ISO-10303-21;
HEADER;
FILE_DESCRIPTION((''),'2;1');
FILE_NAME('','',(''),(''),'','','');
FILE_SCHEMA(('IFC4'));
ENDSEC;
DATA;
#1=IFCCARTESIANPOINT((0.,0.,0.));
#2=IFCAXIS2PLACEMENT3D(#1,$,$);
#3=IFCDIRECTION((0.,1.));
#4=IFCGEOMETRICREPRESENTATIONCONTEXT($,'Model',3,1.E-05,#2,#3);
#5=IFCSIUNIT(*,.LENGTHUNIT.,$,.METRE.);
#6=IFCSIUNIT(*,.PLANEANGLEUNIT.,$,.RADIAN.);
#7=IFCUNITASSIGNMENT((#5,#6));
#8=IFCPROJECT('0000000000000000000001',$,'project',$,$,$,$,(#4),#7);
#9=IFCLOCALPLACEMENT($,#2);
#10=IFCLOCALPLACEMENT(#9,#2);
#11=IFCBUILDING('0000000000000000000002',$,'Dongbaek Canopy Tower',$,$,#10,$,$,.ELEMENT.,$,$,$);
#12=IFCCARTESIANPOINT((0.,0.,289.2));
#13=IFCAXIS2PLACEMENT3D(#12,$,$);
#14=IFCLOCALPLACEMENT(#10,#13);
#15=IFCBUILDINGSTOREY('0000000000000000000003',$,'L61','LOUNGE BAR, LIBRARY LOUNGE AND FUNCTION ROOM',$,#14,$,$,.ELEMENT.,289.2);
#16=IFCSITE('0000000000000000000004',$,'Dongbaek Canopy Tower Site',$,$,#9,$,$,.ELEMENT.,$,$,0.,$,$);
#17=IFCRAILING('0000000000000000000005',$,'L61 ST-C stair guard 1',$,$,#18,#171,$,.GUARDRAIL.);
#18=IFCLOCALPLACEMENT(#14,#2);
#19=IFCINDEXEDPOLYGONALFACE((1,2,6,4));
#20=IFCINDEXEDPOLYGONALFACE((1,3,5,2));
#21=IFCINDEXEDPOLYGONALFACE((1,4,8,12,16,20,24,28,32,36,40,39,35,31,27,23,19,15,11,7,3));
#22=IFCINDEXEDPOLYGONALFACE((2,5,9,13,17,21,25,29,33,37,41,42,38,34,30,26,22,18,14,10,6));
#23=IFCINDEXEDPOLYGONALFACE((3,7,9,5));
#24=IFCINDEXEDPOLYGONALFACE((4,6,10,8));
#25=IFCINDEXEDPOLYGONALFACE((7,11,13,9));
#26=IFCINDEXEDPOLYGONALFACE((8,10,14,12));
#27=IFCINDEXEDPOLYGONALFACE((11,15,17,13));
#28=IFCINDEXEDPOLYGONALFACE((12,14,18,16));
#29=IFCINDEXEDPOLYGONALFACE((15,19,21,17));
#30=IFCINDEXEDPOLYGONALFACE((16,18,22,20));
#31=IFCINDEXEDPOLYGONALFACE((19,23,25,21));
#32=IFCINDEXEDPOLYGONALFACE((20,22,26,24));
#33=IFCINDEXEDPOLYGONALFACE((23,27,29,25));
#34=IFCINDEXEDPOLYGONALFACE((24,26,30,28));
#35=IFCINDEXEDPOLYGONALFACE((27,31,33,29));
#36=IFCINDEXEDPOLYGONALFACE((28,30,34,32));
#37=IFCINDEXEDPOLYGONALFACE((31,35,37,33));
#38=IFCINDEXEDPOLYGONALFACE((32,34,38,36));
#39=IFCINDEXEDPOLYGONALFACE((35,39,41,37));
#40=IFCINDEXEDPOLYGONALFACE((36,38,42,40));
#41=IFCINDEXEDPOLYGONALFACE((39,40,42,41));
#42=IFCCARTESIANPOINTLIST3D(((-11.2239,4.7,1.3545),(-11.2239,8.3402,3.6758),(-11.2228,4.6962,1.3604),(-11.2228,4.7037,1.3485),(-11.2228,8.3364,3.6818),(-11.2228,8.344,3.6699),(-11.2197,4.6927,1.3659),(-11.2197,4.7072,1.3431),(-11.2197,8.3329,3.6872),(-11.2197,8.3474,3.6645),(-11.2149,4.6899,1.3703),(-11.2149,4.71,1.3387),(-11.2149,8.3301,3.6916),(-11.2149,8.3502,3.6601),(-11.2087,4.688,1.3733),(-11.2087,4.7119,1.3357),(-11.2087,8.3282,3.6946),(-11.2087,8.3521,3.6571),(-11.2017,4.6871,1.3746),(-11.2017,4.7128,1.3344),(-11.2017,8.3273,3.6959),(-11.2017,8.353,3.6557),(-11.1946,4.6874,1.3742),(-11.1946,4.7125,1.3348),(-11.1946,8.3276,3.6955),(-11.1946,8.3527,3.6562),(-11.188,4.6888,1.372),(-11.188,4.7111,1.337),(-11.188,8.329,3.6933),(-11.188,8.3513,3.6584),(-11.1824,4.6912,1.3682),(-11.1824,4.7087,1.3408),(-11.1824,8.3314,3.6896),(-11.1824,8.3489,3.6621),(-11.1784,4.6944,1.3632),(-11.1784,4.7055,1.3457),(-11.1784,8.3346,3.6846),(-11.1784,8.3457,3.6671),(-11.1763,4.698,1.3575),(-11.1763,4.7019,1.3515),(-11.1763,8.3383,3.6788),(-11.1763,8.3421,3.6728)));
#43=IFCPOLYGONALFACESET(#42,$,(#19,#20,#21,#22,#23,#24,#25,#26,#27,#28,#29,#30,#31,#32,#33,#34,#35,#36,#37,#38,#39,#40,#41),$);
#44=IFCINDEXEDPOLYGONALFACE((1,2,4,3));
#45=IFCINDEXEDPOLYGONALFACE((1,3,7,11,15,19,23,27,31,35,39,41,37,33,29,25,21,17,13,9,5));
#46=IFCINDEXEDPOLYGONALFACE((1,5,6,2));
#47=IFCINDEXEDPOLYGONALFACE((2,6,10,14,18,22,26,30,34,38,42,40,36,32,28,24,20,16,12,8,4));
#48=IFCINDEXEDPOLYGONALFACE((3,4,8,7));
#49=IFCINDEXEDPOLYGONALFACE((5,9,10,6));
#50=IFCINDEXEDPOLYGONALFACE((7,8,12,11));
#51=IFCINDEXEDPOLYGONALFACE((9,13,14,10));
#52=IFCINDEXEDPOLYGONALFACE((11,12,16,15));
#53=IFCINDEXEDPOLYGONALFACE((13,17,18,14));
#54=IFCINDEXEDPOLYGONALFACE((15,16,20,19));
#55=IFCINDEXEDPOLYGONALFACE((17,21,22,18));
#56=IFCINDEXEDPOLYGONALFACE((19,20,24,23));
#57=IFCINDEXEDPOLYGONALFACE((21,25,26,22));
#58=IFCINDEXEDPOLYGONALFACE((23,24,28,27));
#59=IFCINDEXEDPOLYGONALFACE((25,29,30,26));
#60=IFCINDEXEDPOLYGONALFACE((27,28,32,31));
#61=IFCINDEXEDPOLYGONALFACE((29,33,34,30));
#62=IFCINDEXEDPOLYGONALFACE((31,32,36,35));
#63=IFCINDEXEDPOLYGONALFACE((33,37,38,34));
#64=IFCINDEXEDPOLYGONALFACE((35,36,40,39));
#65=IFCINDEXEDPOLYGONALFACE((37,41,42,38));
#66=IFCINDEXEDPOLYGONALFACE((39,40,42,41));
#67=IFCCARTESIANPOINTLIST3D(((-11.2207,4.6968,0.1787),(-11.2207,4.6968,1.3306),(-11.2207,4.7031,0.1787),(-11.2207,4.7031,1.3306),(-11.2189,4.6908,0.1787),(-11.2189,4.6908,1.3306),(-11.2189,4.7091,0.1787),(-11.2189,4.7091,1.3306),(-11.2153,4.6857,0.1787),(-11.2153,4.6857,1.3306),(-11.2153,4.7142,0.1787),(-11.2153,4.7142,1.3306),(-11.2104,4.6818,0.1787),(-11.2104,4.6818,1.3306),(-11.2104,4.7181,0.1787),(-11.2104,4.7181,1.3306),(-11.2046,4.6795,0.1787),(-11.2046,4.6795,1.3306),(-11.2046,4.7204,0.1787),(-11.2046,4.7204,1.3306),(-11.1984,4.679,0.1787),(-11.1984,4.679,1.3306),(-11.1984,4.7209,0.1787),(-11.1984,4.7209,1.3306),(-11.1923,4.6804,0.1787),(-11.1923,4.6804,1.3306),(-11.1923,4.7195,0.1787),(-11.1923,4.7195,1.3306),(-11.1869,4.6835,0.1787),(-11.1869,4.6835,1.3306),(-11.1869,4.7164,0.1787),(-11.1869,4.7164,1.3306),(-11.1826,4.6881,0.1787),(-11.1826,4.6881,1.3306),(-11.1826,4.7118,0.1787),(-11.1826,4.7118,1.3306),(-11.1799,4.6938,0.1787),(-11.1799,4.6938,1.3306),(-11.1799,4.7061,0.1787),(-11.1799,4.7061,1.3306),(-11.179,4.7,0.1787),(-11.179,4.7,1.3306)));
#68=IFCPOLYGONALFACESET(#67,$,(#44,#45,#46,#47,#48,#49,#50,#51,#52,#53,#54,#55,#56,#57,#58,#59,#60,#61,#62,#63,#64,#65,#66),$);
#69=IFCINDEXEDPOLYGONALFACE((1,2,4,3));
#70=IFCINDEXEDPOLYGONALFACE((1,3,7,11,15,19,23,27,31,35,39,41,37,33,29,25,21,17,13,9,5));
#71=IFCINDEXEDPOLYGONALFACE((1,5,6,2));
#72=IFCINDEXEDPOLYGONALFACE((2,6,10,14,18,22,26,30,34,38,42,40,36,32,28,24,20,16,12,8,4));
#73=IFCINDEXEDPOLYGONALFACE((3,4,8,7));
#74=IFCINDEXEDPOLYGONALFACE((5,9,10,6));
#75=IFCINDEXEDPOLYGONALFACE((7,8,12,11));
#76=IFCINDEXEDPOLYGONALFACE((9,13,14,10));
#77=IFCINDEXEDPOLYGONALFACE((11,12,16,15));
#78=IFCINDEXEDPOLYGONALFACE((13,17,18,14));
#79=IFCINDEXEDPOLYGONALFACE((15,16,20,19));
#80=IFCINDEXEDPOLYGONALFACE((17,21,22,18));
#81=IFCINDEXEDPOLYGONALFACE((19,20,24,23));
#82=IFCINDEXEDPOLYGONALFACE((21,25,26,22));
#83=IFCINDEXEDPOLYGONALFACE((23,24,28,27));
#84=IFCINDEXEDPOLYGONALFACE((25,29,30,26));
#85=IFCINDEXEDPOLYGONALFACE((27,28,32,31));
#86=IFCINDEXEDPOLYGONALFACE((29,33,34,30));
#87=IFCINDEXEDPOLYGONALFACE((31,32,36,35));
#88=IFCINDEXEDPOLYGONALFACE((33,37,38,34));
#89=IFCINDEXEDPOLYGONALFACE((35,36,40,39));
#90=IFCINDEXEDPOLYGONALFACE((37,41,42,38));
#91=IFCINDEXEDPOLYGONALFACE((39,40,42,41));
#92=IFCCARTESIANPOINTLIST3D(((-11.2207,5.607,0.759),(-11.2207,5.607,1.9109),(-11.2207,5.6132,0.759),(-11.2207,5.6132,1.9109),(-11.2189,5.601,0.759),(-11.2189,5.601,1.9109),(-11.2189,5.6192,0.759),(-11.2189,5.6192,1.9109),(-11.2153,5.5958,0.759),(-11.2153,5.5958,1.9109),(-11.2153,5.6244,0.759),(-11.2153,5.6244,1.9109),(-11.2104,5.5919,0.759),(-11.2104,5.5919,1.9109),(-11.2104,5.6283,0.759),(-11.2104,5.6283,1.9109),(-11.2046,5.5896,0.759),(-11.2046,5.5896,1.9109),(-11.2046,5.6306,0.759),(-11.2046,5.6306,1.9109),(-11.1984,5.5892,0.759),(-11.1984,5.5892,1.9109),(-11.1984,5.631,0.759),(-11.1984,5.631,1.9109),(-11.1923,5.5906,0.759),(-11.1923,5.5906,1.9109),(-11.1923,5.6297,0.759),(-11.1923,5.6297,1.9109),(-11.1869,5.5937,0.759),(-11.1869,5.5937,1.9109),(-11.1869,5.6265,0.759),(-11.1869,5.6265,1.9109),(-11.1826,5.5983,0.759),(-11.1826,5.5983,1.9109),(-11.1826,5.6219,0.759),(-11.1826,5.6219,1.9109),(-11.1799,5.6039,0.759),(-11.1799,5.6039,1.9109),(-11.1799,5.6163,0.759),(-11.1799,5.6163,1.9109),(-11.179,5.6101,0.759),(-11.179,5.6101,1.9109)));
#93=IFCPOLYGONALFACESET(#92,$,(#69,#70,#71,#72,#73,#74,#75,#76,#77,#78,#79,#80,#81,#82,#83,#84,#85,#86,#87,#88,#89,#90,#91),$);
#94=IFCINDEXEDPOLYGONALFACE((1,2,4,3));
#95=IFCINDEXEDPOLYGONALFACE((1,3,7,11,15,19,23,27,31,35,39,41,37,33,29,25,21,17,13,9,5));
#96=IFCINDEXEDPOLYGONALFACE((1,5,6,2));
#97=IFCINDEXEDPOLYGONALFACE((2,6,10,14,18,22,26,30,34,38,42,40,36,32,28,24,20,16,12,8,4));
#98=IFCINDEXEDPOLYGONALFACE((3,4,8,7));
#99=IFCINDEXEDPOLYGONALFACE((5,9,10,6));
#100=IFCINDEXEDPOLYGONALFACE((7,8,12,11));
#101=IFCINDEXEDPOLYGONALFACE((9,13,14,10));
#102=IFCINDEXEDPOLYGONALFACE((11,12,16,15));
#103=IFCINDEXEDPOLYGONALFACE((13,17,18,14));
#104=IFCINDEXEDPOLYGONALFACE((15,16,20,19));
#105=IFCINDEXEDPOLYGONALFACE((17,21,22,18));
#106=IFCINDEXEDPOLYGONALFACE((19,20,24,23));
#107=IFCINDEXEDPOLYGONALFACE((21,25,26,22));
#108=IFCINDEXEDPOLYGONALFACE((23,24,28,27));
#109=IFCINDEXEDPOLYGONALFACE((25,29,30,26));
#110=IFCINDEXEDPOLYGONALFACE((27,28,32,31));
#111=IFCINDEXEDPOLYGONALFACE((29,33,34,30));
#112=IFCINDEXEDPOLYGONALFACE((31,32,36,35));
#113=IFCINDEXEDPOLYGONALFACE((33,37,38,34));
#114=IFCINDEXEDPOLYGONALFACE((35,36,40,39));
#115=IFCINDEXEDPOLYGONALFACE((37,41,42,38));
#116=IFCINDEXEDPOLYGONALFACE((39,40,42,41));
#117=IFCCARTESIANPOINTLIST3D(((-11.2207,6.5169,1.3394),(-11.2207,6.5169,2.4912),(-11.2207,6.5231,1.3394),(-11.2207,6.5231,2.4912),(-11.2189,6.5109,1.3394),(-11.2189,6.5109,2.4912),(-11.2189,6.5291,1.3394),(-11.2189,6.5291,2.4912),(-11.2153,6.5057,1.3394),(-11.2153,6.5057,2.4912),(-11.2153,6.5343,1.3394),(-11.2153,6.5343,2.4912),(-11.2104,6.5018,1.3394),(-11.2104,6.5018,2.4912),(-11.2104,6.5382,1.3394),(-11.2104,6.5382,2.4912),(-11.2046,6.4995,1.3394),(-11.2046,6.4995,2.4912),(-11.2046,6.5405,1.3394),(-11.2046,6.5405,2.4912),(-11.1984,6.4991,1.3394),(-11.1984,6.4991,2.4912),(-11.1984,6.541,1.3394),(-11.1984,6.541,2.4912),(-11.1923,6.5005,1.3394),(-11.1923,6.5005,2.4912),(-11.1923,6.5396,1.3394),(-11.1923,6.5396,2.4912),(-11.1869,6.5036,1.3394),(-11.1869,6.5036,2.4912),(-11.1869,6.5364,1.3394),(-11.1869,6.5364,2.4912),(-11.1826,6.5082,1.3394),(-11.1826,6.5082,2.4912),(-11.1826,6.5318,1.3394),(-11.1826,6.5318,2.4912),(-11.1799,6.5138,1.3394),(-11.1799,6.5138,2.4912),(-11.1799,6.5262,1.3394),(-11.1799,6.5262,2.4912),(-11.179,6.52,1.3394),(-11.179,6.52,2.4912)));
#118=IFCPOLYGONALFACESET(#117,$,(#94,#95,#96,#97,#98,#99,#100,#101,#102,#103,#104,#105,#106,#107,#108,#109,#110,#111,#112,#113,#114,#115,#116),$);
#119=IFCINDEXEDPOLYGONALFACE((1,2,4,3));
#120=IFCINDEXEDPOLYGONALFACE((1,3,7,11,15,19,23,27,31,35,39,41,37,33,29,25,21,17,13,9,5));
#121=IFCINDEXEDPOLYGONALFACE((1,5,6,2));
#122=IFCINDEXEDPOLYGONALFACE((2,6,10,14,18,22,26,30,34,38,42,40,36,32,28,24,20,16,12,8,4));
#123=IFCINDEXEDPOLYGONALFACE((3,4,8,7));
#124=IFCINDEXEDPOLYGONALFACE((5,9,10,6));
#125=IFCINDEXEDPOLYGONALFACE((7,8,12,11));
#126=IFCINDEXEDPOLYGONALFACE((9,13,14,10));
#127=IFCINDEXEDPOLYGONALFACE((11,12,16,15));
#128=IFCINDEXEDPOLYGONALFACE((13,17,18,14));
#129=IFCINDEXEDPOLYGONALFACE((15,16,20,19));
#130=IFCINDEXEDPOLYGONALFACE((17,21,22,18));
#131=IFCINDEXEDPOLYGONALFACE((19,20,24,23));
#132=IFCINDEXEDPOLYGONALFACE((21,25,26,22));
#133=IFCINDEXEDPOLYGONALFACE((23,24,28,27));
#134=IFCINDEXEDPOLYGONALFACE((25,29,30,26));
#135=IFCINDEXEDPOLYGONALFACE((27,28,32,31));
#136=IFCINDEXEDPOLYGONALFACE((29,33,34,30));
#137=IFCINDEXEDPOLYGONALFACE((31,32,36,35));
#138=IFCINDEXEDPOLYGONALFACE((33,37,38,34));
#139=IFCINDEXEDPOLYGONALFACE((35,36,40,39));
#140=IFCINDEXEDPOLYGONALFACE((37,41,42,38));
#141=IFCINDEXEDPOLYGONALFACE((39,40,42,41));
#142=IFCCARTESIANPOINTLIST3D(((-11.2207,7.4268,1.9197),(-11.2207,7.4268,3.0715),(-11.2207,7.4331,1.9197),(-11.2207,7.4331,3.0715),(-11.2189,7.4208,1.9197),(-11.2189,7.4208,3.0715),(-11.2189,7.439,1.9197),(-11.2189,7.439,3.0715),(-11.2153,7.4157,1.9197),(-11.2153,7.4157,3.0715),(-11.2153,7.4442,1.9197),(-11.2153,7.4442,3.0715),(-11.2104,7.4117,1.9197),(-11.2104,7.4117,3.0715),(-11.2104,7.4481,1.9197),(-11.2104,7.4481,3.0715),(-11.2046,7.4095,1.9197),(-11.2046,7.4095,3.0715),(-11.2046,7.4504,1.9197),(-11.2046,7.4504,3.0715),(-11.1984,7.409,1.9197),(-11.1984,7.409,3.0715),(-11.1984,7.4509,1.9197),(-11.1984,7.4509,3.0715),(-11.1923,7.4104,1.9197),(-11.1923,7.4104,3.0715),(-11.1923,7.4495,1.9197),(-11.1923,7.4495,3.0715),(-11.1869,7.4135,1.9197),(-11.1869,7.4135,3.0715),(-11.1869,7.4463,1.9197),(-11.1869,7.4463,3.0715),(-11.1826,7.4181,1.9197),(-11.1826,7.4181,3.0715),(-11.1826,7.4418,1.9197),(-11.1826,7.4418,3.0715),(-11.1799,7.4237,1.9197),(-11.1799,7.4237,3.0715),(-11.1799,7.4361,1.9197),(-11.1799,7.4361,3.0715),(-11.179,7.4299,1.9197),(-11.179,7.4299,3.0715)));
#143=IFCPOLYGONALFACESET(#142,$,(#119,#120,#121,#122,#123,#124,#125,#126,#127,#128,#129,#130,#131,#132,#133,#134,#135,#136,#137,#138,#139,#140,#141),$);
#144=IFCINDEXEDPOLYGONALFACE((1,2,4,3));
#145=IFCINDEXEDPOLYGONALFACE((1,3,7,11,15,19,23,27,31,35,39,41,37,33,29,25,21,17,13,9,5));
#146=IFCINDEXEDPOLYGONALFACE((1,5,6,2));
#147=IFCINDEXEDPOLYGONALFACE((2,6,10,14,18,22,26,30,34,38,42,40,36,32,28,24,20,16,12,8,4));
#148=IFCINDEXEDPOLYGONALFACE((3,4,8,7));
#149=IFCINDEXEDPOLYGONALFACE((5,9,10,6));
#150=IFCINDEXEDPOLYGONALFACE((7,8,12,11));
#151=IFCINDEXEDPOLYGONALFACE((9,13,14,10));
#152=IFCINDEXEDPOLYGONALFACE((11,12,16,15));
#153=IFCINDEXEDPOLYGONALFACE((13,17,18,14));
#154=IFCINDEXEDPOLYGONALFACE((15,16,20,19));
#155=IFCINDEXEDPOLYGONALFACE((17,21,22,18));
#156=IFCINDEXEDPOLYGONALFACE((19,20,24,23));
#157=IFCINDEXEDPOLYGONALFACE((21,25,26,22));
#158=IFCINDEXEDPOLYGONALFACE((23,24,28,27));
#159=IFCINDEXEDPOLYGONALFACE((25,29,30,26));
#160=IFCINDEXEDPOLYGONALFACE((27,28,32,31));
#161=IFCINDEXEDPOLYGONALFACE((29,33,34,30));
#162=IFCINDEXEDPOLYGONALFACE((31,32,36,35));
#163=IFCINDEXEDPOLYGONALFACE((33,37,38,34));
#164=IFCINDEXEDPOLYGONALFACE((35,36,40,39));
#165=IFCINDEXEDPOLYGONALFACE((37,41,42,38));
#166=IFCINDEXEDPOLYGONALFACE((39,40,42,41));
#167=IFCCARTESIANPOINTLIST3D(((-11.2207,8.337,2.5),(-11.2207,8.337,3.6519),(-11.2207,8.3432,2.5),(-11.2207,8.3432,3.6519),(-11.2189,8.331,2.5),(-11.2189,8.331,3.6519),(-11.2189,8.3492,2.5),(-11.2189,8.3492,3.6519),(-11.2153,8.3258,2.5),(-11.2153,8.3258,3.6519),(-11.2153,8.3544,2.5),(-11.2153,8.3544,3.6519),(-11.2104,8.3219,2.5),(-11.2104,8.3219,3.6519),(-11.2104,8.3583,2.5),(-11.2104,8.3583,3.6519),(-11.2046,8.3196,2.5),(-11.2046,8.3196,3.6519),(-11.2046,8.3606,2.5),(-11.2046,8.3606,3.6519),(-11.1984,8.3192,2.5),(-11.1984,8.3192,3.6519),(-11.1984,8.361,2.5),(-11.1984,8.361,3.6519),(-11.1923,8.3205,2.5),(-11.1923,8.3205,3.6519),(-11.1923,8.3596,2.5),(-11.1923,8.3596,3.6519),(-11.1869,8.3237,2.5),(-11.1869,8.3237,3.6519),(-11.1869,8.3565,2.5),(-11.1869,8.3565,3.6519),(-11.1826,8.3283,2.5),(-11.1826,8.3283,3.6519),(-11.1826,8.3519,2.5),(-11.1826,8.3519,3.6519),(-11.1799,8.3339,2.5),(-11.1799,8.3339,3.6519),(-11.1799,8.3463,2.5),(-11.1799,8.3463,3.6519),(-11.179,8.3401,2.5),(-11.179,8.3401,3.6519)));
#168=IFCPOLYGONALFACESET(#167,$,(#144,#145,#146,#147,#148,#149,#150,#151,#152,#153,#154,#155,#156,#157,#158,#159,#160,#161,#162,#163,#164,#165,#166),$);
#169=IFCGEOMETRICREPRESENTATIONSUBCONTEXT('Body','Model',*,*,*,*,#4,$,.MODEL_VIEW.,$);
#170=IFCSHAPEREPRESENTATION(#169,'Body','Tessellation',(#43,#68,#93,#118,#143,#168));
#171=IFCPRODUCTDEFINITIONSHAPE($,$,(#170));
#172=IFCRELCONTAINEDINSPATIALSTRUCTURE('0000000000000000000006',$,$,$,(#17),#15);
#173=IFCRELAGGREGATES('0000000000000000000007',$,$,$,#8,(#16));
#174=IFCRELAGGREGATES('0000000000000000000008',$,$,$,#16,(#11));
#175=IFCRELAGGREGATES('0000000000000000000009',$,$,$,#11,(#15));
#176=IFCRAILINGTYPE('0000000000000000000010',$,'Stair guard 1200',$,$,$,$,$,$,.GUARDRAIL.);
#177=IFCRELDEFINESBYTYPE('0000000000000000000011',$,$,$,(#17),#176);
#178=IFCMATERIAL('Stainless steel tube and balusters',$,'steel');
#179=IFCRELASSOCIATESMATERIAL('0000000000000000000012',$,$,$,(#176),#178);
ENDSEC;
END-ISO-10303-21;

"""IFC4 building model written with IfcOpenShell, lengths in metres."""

from ifc_helpers import new_model, si_unit, direction, frame, origin, origin_2d, place, context, subcontext, project, spatial, circle, extrude, material, type_object, element, save


model = new_model("IFC4")

# Units and contexts
model_context = context("Model", 3, precision=1e-05, world=origin(), true_north=direction((0.0, 1.0)))
body_context = subcontext(model_context, "Body", "Model", "MODEL_VIEW")
ifc_project = project(units=[si_unit("LENGTHUNIT", "METRE"), si_unit("PLANEANGLEUNIT", "RADIAN")], contexts=[model_context])

# Site, building, storey
site_placement = place(None, origin())
site = spatial("IfcSite", under=ifc_project, at=site_placement, Name="Dongbaek Canopy Tower Site", CompositionType="ELEMENT", RefElevation=0.0)
building_placement = place(site_placement, origin())
building = spatial("IfcBuilding", under=site, at=building_placement, Name="Dongbaek Canopy Tower", CompositionType="ELEMENT")
storey_placement = place(building_placement, frame((0.0, 0.0, 289.2)))
storey = spatial("IfcBuildingStorey", under=building, at=storey_placement, Name="L61", Description="LOUNGE BAR, LIBRARY LOUNGE AND FUNCTION ROOM", CompositionType="ELEMENT", Elevation=289.2)

# Railing
ifc_material_1 = material(Name="Stainless steel tube and balusters", Category="steel")
railing_type_1 = type_object("IfcRailingType", Name="Stair guard 1200", PredefinedType="GUARDRAIL", material=ifc_material_1)
railing_1_placement = place(storey_placement, frame((-11.2, 4.7, 0.1787)))
element("IfcRailing", 1, at=railing_1_placement, inside=storey, type_object=railing_type_1, Name="L61 ST-C stair guard 1", PredefinedType="GUARDRAIL", context=body_context, shape_type="SweptSolid", body=[
    extrude(circle(Radius=0.0239, at=origin_2d()), frame((0.0, 0.0, 1.1758), z_axis=(0.0, 0.843153, 0.537673), x_axis=(-1.0, 0.0, 0.0)), (0.0, 0.0, 1.0), 4.3174),
    extrude(circle(Radius=0.021, at=origin_2d()), origin(), (0.0, 0.0, 1.0), 1.1519),
    extrude(circle(Radius=0.021, at=origin_2d()), frame((0.0, 0.9102, 0.5803)), (0.0, 0.0, 1.0), 1.1519),
    extrude(circle(Radius=0.021, at=origin_2d()), frame((0.0, 1.8201, 1.1606)), (0.0, 0.0, 1.0), 1.1519),
    extrude(circle(Radius=0.021, at=origin_2d()), frame((0.0, 2.73, 1.741)), (0.0, 0.0, 1.0), 1.1519),
    extrude(circle(Radius=0.021, at=origin_2d()), frame((0.0, 3.6401, 2.3213)), (0.0, 0.0, 1.0), 1.1519),
])

save(model, "model.ifc")
